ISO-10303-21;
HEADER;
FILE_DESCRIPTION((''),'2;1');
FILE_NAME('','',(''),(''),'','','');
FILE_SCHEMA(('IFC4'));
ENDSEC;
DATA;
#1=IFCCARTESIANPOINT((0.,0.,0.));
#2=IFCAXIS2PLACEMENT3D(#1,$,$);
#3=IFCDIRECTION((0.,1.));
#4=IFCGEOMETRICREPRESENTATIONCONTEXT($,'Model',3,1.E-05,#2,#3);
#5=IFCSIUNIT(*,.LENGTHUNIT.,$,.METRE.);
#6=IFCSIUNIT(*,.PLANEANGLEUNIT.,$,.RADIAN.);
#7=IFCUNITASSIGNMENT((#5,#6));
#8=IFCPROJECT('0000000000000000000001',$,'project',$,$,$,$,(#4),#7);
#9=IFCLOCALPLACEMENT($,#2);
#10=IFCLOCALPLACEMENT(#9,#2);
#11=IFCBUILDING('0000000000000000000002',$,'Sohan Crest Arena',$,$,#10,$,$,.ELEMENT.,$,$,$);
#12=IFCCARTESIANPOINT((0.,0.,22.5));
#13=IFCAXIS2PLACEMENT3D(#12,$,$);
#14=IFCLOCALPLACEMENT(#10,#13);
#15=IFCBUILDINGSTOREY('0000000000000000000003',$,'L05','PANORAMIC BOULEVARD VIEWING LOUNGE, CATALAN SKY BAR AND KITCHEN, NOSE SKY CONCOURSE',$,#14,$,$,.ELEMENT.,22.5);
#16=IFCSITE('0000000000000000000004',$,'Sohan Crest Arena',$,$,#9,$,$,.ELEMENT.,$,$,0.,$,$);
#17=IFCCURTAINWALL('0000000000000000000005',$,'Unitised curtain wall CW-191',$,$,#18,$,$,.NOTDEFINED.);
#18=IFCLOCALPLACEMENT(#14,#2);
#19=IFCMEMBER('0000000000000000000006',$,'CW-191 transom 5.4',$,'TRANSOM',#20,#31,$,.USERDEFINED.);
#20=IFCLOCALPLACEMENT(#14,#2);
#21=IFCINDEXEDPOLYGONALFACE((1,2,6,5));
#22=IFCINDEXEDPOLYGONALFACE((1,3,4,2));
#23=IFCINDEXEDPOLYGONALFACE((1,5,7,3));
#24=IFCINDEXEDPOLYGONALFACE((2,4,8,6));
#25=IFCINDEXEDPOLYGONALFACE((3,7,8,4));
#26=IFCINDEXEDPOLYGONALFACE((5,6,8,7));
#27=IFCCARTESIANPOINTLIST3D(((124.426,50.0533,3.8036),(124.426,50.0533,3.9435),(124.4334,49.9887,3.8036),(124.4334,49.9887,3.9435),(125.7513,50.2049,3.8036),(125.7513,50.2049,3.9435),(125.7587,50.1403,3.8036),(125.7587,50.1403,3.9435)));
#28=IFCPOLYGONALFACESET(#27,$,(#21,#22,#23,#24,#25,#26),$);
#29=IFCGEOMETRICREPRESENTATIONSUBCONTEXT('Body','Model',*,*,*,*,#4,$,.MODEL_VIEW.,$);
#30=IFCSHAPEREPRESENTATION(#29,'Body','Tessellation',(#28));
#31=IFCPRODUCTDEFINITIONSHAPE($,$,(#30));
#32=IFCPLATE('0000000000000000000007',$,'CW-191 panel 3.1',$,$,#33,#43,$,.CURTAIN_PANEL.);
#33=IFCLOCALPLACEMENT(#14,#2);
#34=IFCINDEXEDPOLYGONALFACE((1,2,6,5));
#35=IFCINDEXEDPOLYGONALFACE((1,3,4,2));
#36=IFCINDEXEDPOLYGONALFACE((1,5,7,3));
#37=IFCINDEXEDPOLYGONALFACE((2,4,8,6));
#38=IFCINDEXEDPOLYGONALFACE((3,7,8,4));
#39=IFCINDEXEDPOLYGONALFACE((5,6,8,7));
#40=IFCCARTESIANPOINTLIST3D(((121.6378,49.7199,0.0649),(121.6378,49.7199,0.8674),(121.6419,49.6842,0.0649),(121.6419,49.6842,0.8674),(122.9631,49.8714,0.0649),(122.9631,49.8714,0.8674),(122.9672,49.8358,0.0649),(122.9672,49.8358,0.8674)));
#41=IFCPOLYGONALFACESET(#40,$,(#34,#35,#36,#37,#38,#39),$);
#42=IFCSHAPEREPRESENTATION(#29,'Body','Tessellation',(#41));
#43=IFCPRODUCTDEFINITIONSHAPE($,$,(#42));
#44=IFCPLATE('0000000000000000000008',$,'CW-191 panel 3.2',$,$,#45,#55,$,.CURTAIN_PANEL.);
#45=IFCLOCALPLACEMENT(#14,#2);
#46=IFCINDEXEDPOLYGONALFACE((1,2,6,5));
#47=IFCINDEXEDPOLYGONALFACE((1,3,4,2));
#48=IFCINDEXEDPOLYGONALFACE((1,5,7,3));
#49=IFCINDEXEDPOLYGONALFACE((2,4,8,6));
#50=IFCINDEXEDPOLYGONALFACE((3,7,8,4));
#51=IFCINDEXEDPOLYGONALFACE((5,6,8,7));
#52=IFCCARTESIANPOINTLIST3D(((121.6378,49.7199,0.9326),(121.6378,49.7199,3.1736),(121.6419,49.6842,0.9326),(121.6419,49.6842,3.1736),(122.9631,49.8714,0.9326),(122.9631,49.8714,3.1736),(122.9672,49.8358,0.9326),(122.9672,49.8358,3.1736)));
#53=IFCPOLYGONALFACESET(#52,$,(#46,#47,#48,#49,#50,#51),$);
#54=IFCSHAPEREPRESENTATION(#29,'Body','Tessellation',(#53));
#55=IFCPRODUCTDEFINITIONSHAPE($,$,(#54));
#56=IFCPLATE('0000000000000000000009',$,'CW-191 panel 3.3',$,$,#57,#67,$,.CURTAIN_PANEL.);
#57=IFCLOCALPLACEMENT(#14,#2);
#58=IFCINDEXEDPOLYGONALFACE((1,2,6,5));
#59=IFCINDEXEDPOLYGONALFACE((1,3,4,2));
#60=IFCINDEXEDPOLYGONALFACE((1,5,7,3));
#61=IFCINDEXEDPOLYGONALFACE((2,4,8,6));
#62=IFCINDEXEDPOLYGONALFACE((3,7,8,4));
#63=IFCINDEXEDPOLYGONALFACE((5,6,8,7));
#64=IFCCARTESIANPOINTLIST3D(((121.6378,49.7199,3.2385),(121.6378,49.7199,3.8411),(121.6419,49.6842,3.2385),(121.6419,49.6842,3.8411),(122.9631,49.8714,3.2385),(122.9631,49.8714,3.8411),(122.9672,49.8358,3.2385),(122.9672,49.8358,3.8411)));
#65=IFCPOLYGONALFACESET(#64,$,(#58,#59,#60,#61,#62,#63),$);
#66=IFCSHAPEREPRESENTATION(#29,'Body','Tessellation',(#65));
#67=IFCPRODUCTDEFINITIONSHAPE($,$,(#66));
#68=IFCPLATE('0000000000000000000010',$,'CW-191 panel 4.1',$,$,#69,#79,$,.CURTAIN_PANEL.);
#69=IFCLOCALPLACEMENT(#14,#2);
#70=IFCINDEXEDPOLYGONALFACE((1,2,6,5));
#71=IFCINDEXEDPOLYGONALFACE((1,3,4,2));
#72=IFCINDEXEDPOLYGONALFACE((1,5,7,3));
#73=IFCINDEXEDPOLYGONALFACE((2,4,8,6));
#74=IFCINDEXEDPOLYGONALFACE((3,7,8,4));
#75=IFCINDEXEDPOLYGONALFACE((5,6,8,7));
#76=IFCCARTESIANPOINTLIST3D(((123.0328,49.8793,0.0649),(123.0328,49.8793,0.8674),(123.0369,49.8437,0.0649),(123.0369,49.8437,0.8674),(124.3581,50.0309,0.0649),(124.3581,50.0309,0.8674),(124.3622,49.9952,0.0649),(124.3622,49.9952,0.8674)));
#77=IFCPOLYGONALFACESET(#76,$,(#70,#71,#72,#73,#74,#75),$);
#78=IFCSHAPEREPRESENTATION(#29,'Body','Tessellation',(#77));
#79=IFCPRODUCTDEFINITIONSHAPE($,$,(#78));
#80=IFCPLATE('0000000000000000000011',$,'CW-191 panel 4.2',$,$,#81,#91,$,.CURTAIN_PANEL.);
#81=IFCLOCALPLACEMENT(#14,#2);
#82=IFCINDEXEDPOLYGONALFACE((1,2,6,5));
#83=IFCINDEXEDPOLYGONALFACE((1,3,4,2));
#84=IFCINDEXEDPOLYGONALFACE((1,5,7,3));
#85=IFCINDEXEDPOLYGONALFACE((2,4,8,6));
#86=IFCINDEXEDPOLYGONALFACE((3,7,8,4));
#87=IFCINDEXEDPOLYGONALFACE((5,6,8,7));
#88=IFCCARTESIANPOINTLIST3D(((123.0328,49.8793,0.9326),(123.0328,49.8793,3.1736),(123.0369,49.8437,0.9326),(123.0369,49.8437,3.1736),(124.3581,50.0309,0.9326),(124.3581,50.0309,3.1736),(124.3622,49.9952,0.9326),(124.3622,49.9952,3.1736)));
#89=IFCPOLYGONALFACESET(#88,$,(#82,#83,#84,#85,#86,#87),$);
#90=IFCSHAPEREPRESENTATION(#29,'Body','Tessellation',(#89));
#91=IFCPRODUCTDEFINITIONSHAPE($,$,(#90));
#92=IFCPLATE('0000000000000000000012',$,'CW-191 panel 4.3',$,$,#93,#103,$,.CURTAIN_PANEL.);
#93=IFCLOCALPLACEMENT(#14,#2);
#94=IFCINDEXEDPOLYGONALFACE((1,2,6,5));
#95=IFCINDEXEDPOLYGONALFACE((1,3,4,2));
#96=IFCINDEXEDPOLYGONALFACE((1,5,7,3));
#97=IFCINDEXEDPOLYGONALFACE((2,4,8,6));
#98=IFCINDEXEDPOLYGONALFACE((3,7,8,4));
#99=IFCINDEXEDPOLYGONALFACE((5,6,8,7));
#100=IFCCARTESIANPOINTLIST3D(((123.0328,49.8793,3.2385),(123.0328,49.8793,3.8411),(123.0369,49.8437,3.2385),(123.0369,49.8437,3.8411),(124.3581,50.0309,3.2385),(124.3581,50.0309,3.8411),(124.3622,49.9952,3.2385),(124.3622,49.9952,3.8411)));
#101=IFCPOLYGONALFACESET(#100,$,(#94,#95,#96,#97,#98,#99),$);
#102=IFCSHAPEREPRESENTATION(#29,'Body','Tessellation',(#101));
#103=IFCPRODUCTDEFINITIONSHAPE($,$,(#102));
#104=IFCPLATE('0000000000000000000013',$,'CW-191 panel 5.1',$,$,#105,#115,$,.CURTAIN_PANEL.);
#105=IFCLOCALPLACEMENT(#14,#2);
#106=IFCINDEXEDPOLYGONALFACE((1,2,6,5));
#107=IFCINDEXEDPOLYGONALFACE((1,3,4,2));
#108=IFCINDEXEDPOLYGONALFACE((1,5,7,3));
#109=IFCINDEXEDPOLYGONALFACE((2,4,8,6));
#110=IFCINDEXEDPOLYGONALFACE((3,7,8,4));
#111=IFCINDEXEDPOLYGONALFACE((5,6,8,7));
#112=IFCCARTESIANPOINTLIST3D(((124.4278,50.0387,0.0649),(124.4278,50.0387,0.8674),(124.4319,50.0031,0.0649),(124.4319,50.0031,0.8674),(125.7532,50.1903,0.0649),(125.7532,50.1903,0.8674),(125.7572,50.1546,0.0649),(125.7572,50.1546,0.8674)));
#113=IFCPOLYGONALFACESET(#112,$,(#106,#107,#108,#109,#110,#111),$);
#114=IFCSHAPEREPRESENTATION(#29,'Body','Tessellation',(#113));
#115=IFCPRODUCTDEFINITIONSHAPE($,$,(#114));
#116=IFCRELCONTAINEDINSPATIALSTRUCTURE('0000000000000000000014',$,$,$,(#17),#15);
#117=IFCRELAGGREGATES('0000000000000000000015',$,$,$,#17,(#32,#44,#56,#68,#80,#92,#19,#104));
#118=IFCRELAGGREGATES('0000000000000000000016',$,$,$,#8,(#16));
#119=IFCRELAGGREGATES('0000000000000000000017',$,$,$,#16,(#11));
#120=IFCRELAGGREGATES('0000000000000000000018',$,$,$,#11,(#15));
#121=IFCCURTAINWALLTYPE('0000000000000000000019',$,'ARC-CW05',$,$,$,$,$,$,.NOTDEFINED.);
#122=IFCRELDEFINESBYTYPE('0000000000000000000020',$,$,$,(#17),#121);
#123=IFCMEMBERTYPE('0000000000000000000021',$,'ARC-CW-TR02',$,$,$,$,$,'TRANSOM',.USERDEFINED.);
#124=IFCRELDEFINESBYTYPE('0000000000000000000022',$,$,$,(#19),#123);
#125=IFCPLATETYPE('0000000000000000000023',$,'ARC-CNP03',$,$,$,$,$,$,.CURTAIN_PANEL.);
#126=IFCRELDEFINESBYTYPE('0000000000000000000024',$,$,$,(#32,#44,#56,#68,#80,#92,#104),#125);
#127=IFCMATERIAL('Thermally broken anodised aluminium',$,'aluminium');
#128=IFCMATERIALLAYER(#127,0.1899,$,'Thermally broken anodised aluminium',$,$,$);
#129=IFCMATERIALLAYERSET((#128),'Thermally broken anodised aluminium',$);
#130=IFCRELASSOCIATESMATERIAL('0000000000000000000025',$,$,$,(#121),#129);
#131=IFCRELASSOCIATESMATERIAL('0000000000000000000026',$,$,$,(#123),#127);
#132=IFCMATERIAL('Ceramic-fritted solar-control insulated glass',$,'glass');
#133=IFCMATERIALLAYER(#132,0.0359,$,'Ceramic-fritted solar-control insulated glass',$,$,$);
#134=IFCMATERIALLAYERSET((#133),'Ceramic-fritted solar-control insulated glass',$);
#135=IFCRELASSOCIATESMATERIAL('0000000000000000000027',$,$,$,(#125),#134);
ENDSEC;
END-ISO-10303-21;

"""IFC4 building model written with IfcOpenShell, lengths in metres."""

from ifc_helpers import new_model, si_unit, direction, frame, origin, origin_2d, place, context, subcontext, project, spatial, rectangle, extrude, material, layer, layer_set, material_profile, profile_set, type_object, element, aggregate, save


model = new_model("IFC4")

# Units and contexts
model_context = context("Model", 3, precision=1e-05, world=origin(), true_north=direction((0.0, 1.0)))
body_context = subcontext(model_context, "Body", "Model", "MODEL_VIEW")
ifc_project = project(units=[si_unit("LENGTHUNIT", "METRE"), si_unit("PLANEANGLEUNIT", "RADIAN")], contexts=[model_context])

# Site, building, storey
site_placement = place(None, origin())
site = spatial("IfcSite", under=ifc_project, at=site_placement, Name="Sohan Crest Arena", CompositionType="ELEMENT", RefElevation=0.0)
building_placement = place(site_placement, origin())
building = spatial("IfcBuilding", under=site, at=building_placement, Name="Sohan Crest Arena", CompositionType="ELEMENT")
storey_placement = place(building_placement, frame((0.0, 0.0, 22.5)))
storey = spatial("IfcBuildingStorey", under=building, at=storey_placement, Name="L05", Description="PANORAMIC BOULEVARD VIEWING LOUNGE, CATALAN SKY BAR AND KITCHEN, NOSE SKY CONCOURSE", CompositionType="ELEMENT", Elevation=22.5)

# Curtain wall, member, plates
ifc_material_1 = material(Name="Thermally broken anodised aluminium", Category="aluminium")
ifc_layer_1 = layer(ifc_material_1, 0.1899, Name="Thermally broken anodised aluminium")
ifc_layer_set_1 = layer_set([ifc_layer_1], Name="Thermally broken anodised aluminium")
curtain_wall_type = type_object("IfcCurtainWallType", Name="ARC-CW05", PredefinedType="NOTDEFINED", material=ifc_layer_set_1)
curtain_wall_placement = place(storey_placement, origin())
curtain_wall = element("IfcCurtainWall", 1, at=curtain_wall_placement, inside=storey, type_object=curtain_wall_type, Name="Unitised curtain wall CW-191", PredefinedType="NOTDEFINED")
ifc_material_profile_1 = material_profile(ifc_material_1, rectangle(XDim=0.0649, YDim=0.1399, at=origin_2d()), Name="ALU-TRAN 65x140")
ifc_profile_set_1 = profile_set([ifc_material_profile_1], Name="Thermally broken anodised aluminium")
member_type_1 = type_object("IfcMemberType", Name="ARC-CW-TR02", ElementType="TRANSOM", PredefinedType="USERDEFINED", material=ifc_profile_set_1)
member_1_placement = place(storey_placement, frame((124.4297, 50.021, 3.8735), z_axis=(0.993521, 0.113645, 0.0), x_axis=(-0.113645, 0.993521, 0.0)))
member_1 = element("IfcMember", 2, at=member_1_placement, type_object=member_type_1, Name="CW-191 transom 5.4", ObjectType="TRANSOM", PredefinedType="USERDEFINED", context=body_context, shape_type="SweptSolid", body=[
    extrude(rectangle(XDim=0.0649, YDim=0.1399, at=origin_2d()), origin(), (0.0, 0.0, 1.0), 1.334),
])
ifc_material_2 = material(Name="Ceramic-fritted solar-control insulated glass", Category="glass")
ifc_layer_2 = layer(ifc_material_2, 0.0359, Name="Ceramic-fritted solar-control insulated glass")
ifc_layer_set_2 = layer_set([ifc_layer_2], Name="Ceramic-fritted solar-control insulated glass")
plate_type = type_object("IfcPlateType", Name="ARC-CNP03", PredefinedType="CURTAIN_PANEL", material=ifc_layer_set_2)
plate_1_placement = place(storey_placement, frame((122.3025, 49.7778, 0.0649), z_axis=(0.0, 0.0, 1.0), x_axis=(0.993527, 0.113597, 0.0)))
plate_1 = element("IfcPlate", 3, at=plate_1_placement, type_object=plate_type, Name="CW-191 panel 3.1", PredefinedType="CURTAIN_PANEL", context=body_context, shape_type="SweptSolid", body=[
    extrude(rectangle(XDim=1.334, YDim=0.0359, at=origin_2d()), origin(), (0.0, 0.0, 1.0), 0.8025),
])
plate_2_placement = place(storey_placement, frame((122.3025, 49.7778, 0.9326), z_axis=(0.0, 0.0, 1.0), x_axis=(0.993527, 0.113597, 0.0)))
plate_2 = element("IfcPlate", 4, at=plate_2_placement, type_object=plate_type, Name="CW-191 panel 3.2", PredefinedType="CURTAIN_PANEL", context=body_context, shape_type="SweptSolid", body=[
    extrude(rectangle(XDim=1.334, YDim=0.0359, at=origin_2d()), origin(), (0.0, 0.0, 1.0), 2.241),
])
plate_3_placement = place(storey_placement, frame((122.3025, 49.7778, 3.2385), z_axis=(0.0, 0.0, 1.0), x_axis=(0.993527, 0.113597, 0.0)))
plate_3 = element("IfcPlate", 5, at=plate_3_placement, type_object=plate_type, Name="CW-191 panel 3.3", PredefinedType="CURTAIN_PANEL", context=body_context, shape_type="SweptSolid", body=[
    extrude(rectangle(XDim=1.334, YDim=0.0359, at=origin_2d()), origin(), (0.0, 0.0, 1.0), 0.6025),
])
plate_4_placement = place(storey_placement, frame((123.6975, 49.9373, 0.0649), z_axis=(0.0, 0.0, 1.0), x_axis=(0.993527, 0.113597, 0.0)))
plate_4 = element("IfcPlate", 6, at=plate_4_placement, type_object=plate_type, Name="CW-191 panel 4.1", PredefinedType="CURTAIN_PANEL", context=body_context, shape_type="SweptSolid", body=[
    extrude(rectangle(XDim=1.334, YDim=0.0359, at=origin_2d()), origin(), (0.0, 0.0, 1.0), 0.8025),
])
plate_5_placement = place(storey_placement, frame((123.6975, 49.9373, 0.9326), z_axis=(0.0, 0.0, 1.0), x_axis=(0.993527, 0.113597, 0.0)))
plate_5 = element("IfcPlate", 7, at=plate_5_placement, type_object=plate_type, Name="CW-191 panel 4.2", PredefinedType="CURTAIN_PANEL", context=body_context, shape_type="SweptSolid", body=[
    extrude(rectangle(XDim=1.334, YDim=0.0359, at=origin_2d()), origin(), (0.0, 0.0, 1.0), 2.241),
])
plate_6_placement = place(storey_placement, frame((123.6975, 49.9373, 3.2385), z_axis=(0.0, 0.0, 1.0), x_axis=(0.993527, 0.113597, 0.0)))
plate_6 = element("IfcPlate", 8, at=plate_6_placement, type_object=plate_type, Name="CW-191 panel 4.3", PredefinedType="CURTAIN_PANEL", context=body_context, shape_type="SweptSolid", body=[
    extrude(rectangle(XDim=1.334, YDim=0.0359, at=origin_2d()), origin(), (0.0, 0.0, 1.0), 0.6025),
])
plate_7_placement = place(storey_placement, frame((125.0925, 50.0967, 0.0649), z_axis=(0.0, 0.0, 1.0), x_axis=(0.993527, 0.113597, 0.0)))
plate_7 = element("IfcPlate", 9, at=plate_7_placement, type_object=plate_type, Name="CW-191 panel 5.1", PredefinedType="CURTAIN_PANEL", context=body_context, shape_type="SweptSolid", body=[
    extrude(rectangle(XDim=1.334, YDim=0.0359, at=origin_2d()), origin(), (0.0, 0.0, 1.0), 0.8025),
])
aggregate(curtain_wall, [plate_1, plate_2, plate_3, plate_4, plate_5, plate_6, member_1, plate_7])

save(model, "model.ifc")
